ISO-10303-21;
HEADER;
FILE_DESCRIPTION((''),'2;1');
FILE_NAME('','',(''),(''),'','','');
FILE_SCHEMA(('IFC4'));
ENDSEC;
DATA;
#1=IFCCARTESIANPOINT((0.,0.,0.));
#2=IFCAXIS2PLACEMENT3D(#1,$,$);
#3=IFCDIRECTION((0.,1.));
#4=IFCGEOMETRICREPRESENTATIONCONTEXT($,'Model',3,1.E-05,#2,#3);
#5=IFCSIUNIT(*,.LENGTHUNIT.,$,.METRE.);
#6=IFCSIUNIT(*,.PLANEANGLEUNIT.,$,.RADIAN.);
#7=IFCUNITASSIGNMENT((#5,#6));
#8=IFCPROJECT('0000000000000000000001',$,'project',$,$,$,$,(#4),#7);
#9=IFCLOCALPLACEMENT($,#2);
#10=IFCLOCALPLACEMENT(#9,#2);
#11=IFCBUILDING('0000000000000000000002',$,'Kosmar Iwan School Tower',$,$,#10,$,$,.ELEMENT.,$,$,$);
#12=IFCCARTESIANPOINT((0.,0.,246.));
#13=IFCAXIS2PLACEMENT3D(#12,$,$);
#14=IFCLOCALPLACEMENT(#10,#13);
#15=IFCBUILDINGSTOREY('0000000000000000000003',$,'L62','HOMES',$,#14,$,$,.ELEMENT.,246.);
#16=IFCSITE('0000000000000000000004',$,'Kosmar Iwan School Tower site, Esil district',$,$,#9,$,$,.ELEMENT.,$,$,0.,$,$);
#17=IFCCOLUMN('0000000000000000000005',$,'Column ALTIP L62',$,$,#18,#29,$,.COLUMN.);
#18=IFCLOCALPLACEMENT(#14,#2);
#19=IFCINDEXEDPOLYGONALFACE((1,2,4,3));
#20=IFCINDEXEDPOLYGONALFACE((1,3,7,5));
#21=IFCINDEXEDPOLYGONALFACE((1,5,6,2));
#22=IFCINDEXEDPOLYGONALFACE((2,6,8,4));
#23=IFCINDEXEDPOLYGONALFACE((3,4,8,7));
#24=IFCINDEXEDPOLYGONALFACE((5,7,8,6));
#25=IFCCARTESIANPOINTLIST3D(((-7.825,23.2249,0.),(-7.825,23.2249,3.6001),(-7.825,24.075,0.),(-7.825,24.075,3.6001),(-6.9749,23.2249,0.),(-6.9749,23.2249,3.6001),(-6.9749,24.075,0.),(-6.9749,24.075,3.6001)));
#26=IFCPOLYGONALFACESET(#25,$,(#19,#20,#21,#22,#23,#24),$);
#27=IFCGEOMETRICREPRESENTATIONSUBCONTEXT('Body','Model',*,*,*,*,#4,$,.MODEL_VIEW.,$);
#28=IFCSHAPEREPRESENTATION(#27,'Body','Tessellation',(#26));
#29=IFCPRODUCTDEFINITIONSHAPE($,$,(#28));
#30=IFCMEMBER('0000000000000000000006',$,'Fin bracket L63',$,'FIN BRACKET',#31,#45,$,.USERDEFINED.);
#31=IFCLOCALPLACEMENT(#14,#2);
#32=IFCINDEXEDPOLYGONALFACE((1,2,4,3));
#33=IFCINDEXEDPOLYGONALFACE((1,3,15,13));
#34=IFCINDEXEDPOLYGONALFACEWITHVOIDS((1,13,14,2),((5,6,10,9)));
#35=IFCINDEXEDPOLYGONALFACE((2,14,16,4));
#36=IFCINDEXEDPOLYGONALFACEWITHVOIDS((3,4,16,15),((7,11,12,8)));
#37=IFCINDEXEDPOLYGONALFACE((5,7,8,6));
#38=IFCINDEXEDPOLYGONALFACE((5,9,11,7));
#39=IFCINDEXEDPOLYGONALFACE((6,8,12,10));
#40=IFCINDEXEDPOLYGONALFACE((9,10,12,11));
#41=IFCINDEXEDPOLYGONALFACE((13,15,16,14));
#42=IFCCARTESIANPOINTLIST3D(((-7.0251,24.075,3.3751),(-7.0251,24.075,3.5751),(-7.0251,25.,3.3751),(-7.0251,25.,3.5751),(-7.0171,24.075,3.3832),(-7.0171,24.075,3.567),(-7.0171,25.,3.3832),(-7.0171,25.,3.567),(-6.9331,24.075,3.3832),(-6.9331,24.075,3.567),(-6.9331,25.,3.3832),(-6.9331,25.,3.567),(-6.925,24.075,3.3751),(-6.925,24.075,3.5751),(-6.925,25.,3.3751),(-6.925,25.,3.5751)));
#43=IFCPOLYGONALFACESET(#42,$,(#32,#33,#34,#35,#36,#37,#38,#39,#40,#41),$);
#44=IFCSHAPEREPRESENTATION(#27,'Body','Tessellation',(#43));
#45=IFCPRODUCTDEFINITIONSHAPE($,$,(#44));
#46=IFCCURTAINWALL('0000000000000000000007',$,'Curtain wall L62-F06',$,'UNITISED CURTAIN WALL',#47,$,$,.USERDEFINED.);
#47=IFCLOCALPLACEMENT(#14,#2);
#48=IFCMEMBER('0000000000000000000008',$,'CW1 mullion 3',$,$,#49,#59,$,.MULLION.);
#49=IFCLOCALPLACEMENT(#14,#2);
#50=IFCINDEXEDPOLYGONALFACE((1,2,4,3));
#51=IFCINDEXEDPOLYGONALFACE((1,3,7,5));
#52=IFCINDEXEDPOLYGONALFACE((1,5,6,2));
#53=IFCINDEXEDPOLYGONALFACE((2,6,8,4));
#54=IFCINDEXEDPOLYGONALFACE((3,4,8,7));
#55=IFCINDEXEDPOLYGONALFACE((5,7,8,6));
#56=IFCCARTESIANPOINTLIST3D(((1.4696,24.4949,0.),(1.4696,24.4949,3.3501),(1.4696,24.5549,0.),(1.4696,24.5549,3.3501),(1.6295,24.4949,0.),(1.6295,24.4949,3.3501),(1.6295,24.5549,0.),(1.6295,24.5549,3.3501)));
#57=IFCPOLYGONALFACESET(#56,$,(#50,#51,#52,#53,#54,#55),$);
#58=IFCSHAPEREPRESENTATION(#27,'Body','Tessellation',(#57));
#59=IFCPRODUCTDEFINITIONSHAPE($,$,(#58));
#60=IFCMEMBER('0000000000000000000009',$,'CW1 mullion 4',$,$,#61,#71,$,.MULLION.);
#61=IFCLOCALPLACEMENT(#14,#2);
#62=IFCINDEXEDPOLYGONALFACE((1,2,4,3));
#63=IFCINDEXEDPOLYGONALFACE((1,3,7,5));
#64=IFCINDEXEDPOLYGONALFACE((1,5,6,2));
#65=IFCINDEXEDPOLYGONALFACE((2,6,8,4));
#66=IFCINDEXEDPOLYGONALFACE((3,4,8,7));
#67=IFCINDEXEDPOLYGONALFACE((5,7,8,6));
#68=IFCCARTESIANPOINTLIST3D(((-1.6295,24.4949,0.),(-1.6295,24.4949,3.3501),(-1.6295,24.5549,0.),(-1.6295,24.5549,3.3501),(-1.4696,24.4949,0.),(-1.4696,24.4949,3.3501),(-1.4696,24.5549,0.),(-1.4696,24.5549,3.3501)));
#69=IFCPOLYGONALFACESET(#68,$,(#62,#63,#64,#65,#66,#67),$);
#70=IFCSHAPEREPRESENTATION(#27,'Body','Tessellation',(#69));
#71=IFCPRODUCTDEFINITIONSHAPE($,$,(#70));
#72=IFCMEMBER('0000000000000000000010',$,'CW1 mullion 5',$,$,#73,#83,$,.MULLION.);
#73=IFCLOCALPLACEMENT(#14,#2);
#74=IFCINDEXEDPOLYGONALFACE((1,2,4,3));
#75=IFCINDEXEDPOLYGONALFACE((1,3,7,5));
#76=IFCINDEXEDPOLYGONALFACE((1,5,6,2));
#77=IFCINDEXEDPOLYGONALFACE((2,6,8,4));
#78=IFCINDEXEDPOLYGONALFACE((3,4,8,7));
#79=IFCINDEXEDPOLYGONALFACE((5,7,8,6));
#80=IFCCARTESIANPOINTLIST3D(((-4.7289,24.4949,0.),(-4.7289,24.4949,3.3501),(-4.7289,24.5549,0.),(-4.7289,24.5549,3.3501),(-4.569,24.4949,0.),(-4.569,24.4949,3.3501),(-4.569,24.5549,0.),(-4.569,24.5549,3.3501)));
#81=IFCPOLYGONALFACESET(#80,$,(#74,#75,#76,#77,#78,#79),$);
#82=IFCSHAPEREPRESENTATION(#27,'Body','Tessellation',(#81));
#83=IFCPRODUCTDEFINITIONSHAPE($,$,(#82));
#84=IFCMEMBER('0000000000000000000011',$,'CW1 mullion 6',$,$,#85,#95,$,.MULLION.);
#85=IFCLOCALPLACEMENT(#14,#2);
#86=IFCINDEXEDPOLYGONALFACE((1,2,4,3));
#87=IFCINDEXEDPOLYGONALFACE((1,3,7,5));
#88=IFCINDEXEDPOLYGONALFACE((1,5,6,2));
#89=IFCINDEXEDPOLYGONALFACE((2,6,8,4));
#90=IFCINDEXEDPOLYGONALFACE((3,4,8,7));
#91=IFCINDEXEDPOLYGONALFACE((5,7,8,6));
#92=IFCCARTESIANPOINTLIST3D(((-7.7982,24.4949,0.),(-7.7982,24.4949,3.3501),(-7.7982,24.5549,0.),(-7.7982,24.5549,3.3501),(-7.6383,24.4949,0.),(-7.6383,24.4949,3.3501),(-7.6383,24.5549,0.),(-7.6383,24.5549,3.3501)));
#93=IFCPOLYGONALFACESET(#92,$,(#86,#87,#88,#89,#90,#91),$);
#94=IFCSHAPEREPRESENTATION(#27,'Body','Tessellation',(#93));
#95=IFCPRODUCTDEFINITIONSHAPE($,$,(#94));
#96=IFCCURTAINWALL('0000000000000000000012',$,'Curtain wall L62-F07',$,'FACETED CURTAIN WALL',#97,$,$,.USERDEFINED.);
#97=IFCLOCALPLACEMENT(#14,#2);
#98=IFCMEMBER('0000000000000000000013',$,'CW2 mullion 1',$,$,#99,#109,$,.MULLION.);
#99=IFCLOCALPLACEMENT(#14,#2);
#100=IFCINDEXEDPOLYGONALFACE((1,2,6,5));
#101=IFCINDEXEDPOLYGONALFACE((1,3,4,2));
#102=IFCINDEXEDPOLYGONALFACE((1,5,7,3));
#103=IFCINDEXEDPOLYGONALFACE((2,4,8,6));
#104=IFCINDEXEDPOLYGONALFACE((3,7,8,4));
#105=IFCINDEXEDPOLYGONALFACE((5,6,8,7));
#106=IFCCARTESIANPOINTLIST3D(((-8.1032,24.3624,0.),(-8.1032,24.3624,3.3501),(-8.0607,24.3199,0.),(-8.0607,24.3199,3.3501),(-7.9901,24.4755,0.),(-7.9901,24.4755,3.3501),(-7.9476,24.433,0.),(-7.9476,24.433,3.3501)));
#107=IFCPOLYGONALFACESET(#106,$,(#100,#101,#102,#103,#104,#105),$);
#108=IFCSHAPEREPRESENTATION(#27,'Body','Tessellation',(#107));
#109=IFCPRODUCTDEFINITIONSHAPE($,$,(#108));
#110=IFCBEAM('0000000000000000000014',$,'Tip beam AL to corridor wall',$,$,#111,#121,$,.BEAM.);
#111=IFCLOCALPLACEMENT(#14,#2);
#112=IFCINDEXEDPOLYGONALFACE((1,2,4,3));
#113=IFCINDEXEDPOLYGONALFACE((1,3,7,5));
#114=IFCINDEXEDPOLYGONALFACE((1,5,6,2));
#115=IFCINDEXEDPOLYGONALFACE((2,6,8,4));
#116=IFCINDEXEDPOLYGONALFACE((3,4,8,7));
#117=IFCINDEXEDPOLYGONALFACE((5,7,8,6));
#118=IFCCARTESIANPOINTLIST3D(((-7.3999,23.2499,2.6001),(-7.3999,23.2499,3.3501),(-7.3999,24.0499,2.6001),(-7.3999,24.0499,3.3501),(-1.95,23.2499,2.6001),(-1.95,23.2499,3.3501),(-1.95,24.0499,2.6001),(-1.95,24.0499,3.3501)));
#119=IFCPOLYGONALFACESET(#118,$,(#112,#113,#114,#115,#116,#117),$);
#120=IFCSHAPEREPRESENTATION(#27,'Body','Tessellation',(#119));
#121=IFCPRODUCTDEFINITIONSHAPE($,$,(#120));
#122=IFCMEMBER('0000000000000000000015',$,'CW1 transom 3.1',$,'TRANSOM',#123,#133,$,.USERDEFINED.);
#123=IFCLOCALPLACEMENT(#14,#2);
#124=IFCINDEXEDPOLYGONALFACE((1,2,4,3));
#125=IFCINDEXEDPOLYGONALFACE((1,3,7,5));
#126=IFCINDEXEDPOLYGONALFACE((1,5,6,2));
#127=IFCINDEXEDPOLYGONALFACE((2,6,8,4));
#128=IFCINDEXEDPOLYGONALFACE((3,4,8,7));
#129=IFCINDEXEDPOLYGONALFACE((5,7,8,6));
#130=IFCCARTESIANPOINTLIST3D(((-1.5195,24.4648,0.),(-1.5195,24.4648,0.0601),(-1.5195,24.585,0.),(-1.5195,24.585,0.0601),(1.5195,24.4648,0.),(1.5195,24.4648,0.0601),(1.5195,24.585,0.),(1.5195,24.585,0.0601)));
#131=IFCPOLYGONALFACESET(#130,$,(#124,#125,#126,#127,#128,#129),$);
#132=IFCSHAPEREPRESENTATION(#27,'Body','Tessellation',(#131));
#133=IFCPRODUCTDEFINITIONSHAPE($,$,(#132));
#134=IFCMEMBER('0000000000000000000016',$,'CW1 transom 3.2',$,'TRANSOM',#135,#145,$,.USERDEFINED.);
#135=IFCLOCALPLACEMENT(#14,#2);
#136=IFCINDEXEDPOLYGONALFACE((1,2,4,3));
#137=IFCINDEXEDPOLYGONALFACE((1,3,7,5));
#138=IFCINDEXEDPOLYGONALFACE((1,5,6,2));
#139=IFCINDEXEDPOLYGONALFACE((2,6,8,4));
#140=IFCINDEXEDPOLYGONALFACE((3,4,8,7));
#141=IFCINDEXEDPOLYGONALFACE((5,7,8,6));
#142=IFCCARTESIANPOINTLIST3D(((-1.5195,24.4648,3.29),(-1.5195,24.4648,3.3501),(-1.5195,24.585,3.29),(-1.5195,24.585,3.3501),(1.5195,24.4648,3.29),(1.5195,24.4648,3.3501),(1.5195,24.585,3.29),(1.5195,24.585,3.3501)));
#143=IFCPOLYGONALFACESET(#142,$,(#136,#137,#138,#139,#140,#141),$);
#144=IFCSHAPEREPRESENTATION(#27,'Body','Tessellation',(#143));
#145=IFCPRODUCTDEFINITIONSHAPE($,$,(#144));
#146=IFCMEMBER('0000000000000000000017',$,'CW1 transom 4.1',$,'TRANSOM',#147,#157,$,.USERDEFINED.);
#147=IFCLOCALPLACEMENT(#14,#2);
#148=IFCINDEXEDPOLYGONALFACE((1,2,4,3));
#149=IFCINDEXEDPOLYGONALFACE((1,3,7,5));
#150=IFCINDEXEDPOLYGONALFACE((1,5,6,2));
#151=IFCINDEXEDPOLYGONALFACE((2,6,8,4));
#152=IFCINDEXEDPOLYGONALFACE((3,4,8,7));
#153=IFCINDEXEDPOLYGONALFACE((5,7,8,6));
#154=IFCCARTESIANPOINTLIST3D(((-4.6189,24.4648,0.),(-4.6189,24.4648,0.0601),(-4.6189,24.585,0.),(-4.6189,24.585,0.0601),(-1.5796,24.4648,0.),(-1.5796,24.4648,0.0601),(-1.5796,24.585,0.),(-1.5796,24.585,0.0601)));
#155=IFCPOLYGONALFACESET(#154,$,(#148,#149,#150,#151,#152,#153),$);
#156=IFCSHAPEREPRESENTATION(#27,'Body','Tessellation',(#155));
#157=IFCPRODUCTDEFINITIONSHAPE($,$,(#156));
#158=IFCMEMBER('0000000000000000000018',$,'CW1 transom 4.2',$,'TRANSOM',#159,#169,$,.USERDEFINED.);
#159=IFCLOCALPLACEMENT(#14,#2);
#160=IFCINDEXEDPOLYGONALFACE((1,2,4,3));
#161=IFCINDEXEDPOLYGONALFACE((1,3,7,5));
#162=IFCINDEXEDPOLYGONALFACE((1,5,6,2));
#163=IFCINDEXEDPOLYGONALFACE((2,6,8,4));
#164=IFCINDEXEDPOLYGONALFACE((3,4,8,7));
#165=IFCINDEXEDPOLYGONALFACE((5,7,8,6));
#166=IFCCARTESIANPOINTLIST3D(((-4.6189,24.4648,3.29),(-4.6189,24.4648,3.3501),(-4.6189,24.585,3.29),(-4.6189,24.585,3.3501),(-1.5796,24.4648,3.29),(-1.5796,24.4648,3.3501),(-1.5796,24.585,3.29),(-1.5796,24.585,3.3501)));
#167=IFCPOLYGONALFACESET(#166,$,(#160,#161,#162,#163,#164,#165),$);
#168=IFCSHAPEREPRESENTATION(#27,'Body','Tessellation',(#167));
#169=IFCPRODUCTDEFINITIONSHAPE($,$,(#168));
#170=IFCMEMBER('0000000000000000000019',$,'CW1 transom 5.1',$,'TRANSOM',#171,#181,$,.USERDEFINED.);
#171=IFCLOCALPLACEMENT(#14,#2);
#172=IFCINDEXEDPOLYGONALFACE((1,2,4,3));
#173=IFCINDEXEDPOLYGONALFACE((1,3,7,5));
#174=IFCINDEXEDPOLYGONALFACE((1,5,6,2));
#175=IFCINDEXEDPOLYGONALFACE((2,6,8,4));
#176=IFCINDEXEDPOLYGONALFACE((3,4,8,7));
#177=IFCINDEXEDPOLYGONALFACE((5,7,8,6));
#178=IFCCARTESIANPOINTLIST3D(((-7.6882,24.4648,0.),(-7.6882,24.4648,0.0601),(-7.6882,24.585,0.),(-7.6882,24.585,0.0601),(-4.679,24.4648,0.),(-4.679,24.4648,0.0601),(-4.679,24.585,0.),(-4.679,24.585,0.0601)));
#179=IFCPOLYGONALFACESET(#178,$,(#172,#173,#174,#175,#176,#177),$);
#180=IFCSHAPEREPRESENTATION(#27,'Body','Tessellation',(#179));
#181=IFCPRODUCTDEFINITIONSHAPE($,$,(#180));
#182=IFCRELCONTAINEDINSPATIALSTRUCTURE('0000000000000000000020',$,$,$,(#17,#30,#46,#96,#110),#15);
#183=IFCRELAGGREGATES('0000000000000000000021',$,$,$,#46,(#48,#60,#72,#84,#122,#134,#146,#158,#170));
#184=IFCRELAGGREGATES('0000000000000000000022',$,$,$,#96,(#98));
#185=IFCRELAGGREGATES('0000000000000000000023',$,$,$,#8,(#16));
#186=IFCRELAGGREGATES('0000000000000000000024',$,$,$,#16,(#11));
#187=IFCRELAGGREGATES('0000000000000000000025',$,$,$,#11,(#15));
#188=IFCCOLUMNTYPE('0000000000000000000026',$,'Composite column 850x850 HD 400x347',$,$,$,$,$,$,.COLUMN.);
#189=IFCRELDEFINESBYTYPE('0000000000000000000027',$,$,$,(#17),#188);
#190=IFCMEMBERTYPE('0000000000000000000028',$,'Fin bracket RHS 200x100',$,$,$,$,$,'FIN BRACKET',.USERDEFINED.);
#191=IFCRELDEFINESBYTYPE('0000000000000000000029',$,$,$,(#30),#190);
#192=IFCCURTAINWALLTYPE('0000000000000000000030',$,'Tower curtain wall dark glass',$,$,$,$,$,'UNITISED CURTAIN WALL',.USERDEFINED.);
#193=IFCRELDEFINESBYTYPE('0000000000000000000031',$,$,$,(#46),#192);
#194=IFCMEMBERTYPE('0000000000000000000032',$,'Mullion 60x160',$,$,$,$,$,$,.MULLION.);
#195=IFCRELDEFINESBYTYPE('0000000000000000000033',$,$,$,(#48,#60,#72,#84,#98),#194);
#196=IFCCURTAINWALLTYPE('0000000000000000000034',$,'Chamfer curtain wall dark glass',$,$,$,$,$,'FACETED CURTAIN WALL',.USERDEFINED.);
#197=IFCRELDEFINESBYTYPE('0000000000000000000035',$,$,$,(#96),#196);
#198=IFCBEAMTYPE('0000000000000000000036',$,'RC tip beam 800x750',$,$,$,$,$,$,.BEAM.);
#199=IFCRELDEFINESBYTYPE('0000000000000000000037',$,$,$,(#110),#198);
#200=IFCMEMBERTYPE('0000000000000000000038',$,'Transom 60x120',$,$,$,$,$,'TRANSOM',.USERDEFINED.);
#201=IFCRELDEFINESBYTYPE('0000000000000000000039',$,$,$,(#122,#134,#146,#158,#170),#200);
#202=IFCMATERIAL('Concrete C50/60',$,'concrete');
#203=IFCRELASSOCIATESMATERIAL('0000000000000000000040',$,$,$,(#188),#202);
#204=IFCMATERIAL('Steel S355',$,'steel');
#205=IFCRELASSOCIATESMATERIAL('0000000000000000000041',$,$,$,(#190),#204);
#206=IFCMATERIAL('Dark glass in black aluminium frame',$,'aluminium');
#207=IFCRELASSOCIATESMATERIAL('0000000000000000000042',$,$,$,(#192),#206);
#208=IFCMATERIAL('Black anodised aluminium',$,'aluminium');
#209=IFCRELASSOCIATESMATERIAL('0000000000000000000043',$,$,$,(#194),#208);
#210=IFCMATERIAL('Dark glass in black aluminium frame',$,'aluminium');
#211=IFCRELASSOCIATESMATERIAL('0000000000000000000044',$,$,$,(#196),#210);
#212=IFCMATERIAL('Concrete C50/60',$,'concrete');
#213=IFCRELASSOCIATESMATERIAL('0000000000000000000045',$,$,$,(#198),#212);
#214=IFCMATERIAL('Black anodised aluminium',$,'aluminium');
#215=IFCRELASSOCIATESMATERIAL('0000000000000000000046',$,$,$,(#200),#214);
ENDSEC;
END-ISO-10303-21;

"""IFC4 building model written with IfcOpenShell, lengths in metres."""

from ifc_helpers import new_model, si_unit, direction, frame, origin, origin_2d, place, context, subcontext, project, spatial, rectangle, hollow_rectangle, extrude, material, material_profile, profile_set, type_object, element, aggregate, save


model = new_model("IFC4")

# Units and contexts
model_context = context("Model", 3, precision=1e-05, world=origin(), true_north=direction((0.0, 1.0)))
body_context = subcontext(model_context, "Body", "Model", "MODEL_VIEW")
ifc_project = project(units=[si_unit("LENGTHUNIT", "METRE"), si_unit("PLANEANGLEUNIT", "RADIAN")], contexts=[model_context])

# Site, building, storey
site_placement = place(None, origin())
site = spatial("IfcSite", under=ifc_project, at=site_placement, Name="Kosmar Iwan School Tower site, Esil district", CompositionType="ELEMENT", RefElevation=0.0)
building_placement = place(site_placement, origin())
building = spatial("IfcBuilding", under=site, at=building_placement, Name="Kosmar Iwan School Tower", CompositionType="ELEMENT")
storey_placement = place(building_placement, frame((0.0, 0.0, 246.0)))
storey = spatial("IfcBuildingStorey", under=building, at=storey_placement, Name="L62", Description="HOMES", CompositionType="ELEMENT", Elevation=246.0)

# Column
ifc_material_1 = material(Name="Concrete C50/60", Category="concrete")
ifc_material_profile_1 = material_profile(ifc_material_1, rectangle(XDim=0.8501, YDim=0.8501, at=origin_2d()), Name="RC 850x850 + HD 400x347")
ifc_profile_set_1 = profile_set([ifc_material_profile_1], Name="Concrete C50/60")
column_type = type_object("IfcColumnType", Name="Composite column 850x850 HD 400x347", PredefinedType="COLUMN", material=ifc_profile_set_1)
column_placement = place(storey_placement, frame((-7.3999, 23.6499, 0.0), z_axis=(0.0, 0.0, 1.0), x_axis=(0.0, 1.0, 0.0)))
element("IfcColumn", 1, at=column_placement, inside=storey, type_object=column_type, Name="Column ALTIP L62", PredefinedType="COLUMN", context=body_context, shape_type="SweptSolid", body=[
    extrude(rectangle(XDim=0.8501, YDim=0.8501, at=origin_2d()), origin(), (0.0, 0.0, 1.0), 3.6001),
])

# Member
ifc_material_2 = material(Name="Steel S355", Category="steel")
ifc_material_profile_2 = material_profile(ifc_material_2, hollow_rectangle(XDim=0.1001, YDim=0.2, WallThickness=0.0081, at=origin_2d()), Name="RHS 200x100x8")
ifc_profile_set_2 = profile_set([ifc_material_profile_2], Name="Steel S355")
member_type_1 = type_object("IfcMemberType", Name="Fin bracket RHS 200x100", ElementType="FIN BRACKET", PredefinedType="USERDEFINED", material=ifc_profile_set_2)
member_1_placement = place(storey_placement, frame((-6.9751, 24.075, 3.4751), z_axis=(0.0, 1.0, 0.0), x_axis=(-1.0, 0.0, 0.0)))
element("IfcMember", 2, at=member_1_placement, inside=storey, type_object=member_type_1, Name="Fin bracket L63", ObjectType="FIN BRACKET", PredefinedType="USERDEFINED", context=body_context, shape_type="SweptSolid", body=[
    extrude(hollow_rectangle(XDim=0.1001, YDim=0.2, WallThickness=0.0081, at=origin_2d()), origin(), (0.0, 0.0, 1.0), 0.925),
])

# Curtain wall, members
ifc_material_3 = material(Name="Dark glass in black aluminium frame", Category="aluminium")
curtain_wall_type_1 = type_object("IfcCurtainWallType", Name="Tower curtain wall dark glass", ElementType="UNITISED CURTAIN WALL", PredefinedType="USERDEFINED", material=ifc_material_3)
curtain_wall_1_placement = place(storey_placement, origin())
curtain_wall_1 = element("IfcCurtainWall", 3, at=curtain_wall_1_placement, inside=storey, type_object=curtain_wall_type_1, Name="Curtain wall L62-F06", ObjectType="UNITISED CURTAIN WALL", PredefinedType="USERDEFINED")
ifc_material_4 = material(Name="Black anodised aluminium", Category="aluminium")
ifc_material_profile_3 = material_profile(ifc_material_4, rectangle(XDim=0.0601, YDim=0.1599, at=origin_2d()), Name="MULLION 60x160")
ifc_profile_set_3 = profile_set([ifc_material_profile_3], Name="Black anodised aluminium")
member_type_2 = type_object("IfcMemberType", Name="Mullion 60x160", PredefinedType="MULLION", material=ifc_profile_set_3)
member_2_placement = place(storey_placement, frame((1.5496, 24.5249, 0.0), z_axis=(0.0, 0.0, 1.0), x_axis=(0.0, -1.0, 0.0)))
member_2 = element("IfcMember", 4, at=member_2_placement, type_object=member_type_2, Name="CW1 mullion 3", PredefinedType="MULLION", context=body_context, shape_type="SweptSolid", body=[
    extrude(rectangle(XDim=0.0601, YDim=0.1599, at=origin_2d()), origin(), (0.0, 0.0, 1.0), 3.3501),
])
member_3_placement = place(storey_placement, frame((-1.5496, 24.5249, 0.0), z_axis=(0.0, 0.0, 1.0), x_axis=(0.0, -1.0, 0.0)))
member_3 = element("IfcMember", 5, at=member_3_placement, type_object=member_type_2, Name="CW1 mullion 4", PredefinedType="MULLION", context=body_context, shape_type="SweptSolid", body=[
    extrude(rectangle(XDim=0.0601, YDim=0.1599, at=origin_2d()), origin(), (0.0, 0.0, 1.0), 3.3501),
])
member_4_placement = place(storey_placement, frame((-4.6489, 24.5249, 0.0), z_axis=(0.0, 0.0, 1.0), x_axis=(0.0, -1.0, 0.0)))
member_4 = element("IfcMember", 6, at=member_4_placement, type_object=member_type_2, Name="CW1 mullion 5", PredefinedType="MULLION", context=body_context, shape_type="SweptSolid", body=[
    extrude(rectangle(XDim=0.0601, YDim=0.1599, at=origin_2d()), origin(), (0.0, 0.0, 1.0), 3.3501),
])
member_5_placement = place(storey_placement, frame((-7.7183, 24.5249, 0.0), z_axis=(0.0, 0.0, 1.0), x_axis=(0.0, -1.0, 0.0)))
member_5 = element("IfcMember", 7, at=member_5_placement, type_object=member_type_2, Name="CW1 mullion 6", PredefinedType="MULLION", context=body_context, shape_type="SweptSolid", body=[
    extrude(rectangle(XDim=0.0601, YDim=0.1599, at=origin_2d()), origin(), (0.0, 0.0, 1.0), 3.3501),
])

# Curtain wall, member
ifc_material_5 = material(Name="Dark glass in black aluminium frame", Category="aluminium")
curtain_wall_type_2 = type_object("IfcCurtainWallType", Name="Chamfer curtain wall dark glass", ElementType="FACETED CURTAIN WALL", PredefinedType="USERDEFINED", material=ifc_material_5)
curtain_wall_2_placement = place(storey_placement, origin())
curtain_wall_2 = element("IfcCurtainWall", 8, at=curtain_wall_2_placement, inside=storey, type_object=curtain_wall_type_2, Name="Curtain wall L62-F07", ObjectType="FACETED CURTAIN WALL", PredefinedType="USERDEFINED")
member_6_placement = place(storey_placement, frame((-8.0254, 24.3977, 0.0), z_axis=(0.0, 0.0, 1.0), x_axis=(0.707107, -0.707107, 0.0)))
member_6 = element("IfcMember", 9, at=member_6_placement, type_object=member_type_2, Name="CW2 mullion 1", PredefinedType="MULLION", context=body_context, shape_type="SweptSolid", body=[
    extrude(rectangle(XDim=0.0601, YDim=0.1599, at=origin_2d()), origin(), (0.0, 0.0, 1.0), 3.3501),
])

# Beam
ifc_material_6 = material(Name="Concrete C50/60", Category="concrete")
ifc_material_profile_4 = material_profile(ifc_material_6, rectangle(XDim=0.8, YDim=0.75, at=origin_2d()), Name="RC 800x750")
ifc_profile_set_4 = profile_set([ifc_material_profile_4], Name="Concrete C50/60")
beam_type = type_object("IfcBeamType", Name="RC tip beam 800x750", PredefinedType="BEAM", material=ifc_profile_set_4)
beam_placement = place(storey_placement, frame((-7.3999, 23.6499, 2.9751), z_axis=(1.0, 0.0, 0.0), x_axis=(0.0, 1.0, 0.0)))
element("IfcBeam", 10, at=beam_placement, inside=storey, type_object=beam_type, Name="Tip beam AL to corridor wall", PredefinedType="BEAM", context=body_context, shape_type="SweptSolid", body=[
    extrude(rectangle(XDim=0.8, YDim=0.75, at=origin_2d()), origin(), (0.0, 0.0, 1.0), 5.45),
])

# Members
ifc_material_7 = material(Name="Black anodised aluminium", Category="aluminium")
ifc_material_profile_5 = material_profile(ifc_material_7, rectangle(XDim=0.1201, YDim=0.0601, at=origin_2d()), Name="TRANSOM 60x120")
ifc_profile_set_5 = profile_set([ifc_material_profile_5], Name="Black anodised aluminium")
member_type_3 = type_object("IfcMemberType", Name="Transom 60x120", ElementType="TRANSOM", PredefinedType="USERDEFINED", material=ifc_profile_set_5)
member_7_placement = place(storey_placement, frame((1.5195, 24.5249, 0.03), z_axis=(-1.0, 0.0, 0.0), x_axis=(0.0, -1.0, 0.0)))
member_7 = element("IfcMember", 11, at=member_7_placement, type_object=member_type_3, Name="CW1 transom 3.1", ObjectType="TRANSOM", PredefinedType="USERDEFINED", context=body_context, shape_type="SweptSolid", body=[
    extrude(rectangle(XDim=0.1201, YDim=0.0601, at=origin_2d()), origin(), (0.0, 0.0, 1.0), 3.0391),
])
member_8_placement = place(storey_placement, frame((1.5195, 24.5249, 3.3201), z_axis=(-1.0, 0.0, 0.0), x_axis=(0.0, -1.0, 0.0)))
member_8 = element("IfcMember", 12, at=member_8_placement, type_object=member_type_3, Name="CW1 transom 3.2", ObjectType="TRANSOM", PredefinedType="USERDEFINED", context=body_context, shape_type="SweptSolid", body=[
    extrude(rectangle(XDim=0.1201, YDim=0.0601, at=origin_2d()), origin(), (0.0, 0.0, 1.0), 3.0391),
])
member_9_placement = place(storey_placement, frame((-1.5796, 24.5249, 0.03), z_axis=(-1.0, 0.0, 0.0), x_axis=(0.0, -1.0, 0.0)))
member_9 = element("IfcMember", 13, at=member_9_placement, type_object=member_type_3, Name="CW1 transom 4.1", ObjectType="TRANSOM", PredefinedType="USERDEFINED", context=body_context, shape_type="SweptSolid", body=[
    extrude(rectangle(XDim=0.1201, YDim=0.0601, at=origin_2d()), origin(), (0.0, 0.0, 1.0), 3.0393),
])
member_10_placement = place(storey_placement, frame((-1.5796, 24.5249, 3.3201), z_axis=(-1.0, 0.0, 0.0), x_axis=(0.0, -1.0, 0.0)))
member_10 = element("IfcMember", 14, at=member_10_placement, type_object=member_type_3, Name="CW1 transom 4.2", ObjectType="TRANSOM", PredefinedType="USERDEFINED", context=body_context, shape_type="SweptSolid", body=[
    extrude(rectangle(XDim=0.1201, YDim=0.0601, at=origin_2d()), origin(), (0.0, 0.0, 1.0), 3.0393),
])
member_11_placement = place(storey_placement, frame((-4.679, 24.5249, 0.03), z_axis=(-1.0, 0.0, 0.0), x_axis=(0.0, -1.0, 0.0)))
member_11 = element("IfcMember", 15, at=member_11_placement, type_object=member_type_3, Name="CW1 transom 5.1", ObjectType="TRANSOM", PredefinedType="USERDEFINED", context=body_context, shape_type="SweptSolid", body=[
    extrude(rectangle(XDim=0.1201, YDim=0.0601, at=origin_2d()), origin(), (0.0, 0.0, 1.0), 3.0093),
])

aggregate(curtain_wall_1, [member_2, member_3, member_4, member_5, member_7, member_8, member_9, member_10, member_11])
aggregate(curtain_wall_2, [member_6])

save(model, "model.ifc")
